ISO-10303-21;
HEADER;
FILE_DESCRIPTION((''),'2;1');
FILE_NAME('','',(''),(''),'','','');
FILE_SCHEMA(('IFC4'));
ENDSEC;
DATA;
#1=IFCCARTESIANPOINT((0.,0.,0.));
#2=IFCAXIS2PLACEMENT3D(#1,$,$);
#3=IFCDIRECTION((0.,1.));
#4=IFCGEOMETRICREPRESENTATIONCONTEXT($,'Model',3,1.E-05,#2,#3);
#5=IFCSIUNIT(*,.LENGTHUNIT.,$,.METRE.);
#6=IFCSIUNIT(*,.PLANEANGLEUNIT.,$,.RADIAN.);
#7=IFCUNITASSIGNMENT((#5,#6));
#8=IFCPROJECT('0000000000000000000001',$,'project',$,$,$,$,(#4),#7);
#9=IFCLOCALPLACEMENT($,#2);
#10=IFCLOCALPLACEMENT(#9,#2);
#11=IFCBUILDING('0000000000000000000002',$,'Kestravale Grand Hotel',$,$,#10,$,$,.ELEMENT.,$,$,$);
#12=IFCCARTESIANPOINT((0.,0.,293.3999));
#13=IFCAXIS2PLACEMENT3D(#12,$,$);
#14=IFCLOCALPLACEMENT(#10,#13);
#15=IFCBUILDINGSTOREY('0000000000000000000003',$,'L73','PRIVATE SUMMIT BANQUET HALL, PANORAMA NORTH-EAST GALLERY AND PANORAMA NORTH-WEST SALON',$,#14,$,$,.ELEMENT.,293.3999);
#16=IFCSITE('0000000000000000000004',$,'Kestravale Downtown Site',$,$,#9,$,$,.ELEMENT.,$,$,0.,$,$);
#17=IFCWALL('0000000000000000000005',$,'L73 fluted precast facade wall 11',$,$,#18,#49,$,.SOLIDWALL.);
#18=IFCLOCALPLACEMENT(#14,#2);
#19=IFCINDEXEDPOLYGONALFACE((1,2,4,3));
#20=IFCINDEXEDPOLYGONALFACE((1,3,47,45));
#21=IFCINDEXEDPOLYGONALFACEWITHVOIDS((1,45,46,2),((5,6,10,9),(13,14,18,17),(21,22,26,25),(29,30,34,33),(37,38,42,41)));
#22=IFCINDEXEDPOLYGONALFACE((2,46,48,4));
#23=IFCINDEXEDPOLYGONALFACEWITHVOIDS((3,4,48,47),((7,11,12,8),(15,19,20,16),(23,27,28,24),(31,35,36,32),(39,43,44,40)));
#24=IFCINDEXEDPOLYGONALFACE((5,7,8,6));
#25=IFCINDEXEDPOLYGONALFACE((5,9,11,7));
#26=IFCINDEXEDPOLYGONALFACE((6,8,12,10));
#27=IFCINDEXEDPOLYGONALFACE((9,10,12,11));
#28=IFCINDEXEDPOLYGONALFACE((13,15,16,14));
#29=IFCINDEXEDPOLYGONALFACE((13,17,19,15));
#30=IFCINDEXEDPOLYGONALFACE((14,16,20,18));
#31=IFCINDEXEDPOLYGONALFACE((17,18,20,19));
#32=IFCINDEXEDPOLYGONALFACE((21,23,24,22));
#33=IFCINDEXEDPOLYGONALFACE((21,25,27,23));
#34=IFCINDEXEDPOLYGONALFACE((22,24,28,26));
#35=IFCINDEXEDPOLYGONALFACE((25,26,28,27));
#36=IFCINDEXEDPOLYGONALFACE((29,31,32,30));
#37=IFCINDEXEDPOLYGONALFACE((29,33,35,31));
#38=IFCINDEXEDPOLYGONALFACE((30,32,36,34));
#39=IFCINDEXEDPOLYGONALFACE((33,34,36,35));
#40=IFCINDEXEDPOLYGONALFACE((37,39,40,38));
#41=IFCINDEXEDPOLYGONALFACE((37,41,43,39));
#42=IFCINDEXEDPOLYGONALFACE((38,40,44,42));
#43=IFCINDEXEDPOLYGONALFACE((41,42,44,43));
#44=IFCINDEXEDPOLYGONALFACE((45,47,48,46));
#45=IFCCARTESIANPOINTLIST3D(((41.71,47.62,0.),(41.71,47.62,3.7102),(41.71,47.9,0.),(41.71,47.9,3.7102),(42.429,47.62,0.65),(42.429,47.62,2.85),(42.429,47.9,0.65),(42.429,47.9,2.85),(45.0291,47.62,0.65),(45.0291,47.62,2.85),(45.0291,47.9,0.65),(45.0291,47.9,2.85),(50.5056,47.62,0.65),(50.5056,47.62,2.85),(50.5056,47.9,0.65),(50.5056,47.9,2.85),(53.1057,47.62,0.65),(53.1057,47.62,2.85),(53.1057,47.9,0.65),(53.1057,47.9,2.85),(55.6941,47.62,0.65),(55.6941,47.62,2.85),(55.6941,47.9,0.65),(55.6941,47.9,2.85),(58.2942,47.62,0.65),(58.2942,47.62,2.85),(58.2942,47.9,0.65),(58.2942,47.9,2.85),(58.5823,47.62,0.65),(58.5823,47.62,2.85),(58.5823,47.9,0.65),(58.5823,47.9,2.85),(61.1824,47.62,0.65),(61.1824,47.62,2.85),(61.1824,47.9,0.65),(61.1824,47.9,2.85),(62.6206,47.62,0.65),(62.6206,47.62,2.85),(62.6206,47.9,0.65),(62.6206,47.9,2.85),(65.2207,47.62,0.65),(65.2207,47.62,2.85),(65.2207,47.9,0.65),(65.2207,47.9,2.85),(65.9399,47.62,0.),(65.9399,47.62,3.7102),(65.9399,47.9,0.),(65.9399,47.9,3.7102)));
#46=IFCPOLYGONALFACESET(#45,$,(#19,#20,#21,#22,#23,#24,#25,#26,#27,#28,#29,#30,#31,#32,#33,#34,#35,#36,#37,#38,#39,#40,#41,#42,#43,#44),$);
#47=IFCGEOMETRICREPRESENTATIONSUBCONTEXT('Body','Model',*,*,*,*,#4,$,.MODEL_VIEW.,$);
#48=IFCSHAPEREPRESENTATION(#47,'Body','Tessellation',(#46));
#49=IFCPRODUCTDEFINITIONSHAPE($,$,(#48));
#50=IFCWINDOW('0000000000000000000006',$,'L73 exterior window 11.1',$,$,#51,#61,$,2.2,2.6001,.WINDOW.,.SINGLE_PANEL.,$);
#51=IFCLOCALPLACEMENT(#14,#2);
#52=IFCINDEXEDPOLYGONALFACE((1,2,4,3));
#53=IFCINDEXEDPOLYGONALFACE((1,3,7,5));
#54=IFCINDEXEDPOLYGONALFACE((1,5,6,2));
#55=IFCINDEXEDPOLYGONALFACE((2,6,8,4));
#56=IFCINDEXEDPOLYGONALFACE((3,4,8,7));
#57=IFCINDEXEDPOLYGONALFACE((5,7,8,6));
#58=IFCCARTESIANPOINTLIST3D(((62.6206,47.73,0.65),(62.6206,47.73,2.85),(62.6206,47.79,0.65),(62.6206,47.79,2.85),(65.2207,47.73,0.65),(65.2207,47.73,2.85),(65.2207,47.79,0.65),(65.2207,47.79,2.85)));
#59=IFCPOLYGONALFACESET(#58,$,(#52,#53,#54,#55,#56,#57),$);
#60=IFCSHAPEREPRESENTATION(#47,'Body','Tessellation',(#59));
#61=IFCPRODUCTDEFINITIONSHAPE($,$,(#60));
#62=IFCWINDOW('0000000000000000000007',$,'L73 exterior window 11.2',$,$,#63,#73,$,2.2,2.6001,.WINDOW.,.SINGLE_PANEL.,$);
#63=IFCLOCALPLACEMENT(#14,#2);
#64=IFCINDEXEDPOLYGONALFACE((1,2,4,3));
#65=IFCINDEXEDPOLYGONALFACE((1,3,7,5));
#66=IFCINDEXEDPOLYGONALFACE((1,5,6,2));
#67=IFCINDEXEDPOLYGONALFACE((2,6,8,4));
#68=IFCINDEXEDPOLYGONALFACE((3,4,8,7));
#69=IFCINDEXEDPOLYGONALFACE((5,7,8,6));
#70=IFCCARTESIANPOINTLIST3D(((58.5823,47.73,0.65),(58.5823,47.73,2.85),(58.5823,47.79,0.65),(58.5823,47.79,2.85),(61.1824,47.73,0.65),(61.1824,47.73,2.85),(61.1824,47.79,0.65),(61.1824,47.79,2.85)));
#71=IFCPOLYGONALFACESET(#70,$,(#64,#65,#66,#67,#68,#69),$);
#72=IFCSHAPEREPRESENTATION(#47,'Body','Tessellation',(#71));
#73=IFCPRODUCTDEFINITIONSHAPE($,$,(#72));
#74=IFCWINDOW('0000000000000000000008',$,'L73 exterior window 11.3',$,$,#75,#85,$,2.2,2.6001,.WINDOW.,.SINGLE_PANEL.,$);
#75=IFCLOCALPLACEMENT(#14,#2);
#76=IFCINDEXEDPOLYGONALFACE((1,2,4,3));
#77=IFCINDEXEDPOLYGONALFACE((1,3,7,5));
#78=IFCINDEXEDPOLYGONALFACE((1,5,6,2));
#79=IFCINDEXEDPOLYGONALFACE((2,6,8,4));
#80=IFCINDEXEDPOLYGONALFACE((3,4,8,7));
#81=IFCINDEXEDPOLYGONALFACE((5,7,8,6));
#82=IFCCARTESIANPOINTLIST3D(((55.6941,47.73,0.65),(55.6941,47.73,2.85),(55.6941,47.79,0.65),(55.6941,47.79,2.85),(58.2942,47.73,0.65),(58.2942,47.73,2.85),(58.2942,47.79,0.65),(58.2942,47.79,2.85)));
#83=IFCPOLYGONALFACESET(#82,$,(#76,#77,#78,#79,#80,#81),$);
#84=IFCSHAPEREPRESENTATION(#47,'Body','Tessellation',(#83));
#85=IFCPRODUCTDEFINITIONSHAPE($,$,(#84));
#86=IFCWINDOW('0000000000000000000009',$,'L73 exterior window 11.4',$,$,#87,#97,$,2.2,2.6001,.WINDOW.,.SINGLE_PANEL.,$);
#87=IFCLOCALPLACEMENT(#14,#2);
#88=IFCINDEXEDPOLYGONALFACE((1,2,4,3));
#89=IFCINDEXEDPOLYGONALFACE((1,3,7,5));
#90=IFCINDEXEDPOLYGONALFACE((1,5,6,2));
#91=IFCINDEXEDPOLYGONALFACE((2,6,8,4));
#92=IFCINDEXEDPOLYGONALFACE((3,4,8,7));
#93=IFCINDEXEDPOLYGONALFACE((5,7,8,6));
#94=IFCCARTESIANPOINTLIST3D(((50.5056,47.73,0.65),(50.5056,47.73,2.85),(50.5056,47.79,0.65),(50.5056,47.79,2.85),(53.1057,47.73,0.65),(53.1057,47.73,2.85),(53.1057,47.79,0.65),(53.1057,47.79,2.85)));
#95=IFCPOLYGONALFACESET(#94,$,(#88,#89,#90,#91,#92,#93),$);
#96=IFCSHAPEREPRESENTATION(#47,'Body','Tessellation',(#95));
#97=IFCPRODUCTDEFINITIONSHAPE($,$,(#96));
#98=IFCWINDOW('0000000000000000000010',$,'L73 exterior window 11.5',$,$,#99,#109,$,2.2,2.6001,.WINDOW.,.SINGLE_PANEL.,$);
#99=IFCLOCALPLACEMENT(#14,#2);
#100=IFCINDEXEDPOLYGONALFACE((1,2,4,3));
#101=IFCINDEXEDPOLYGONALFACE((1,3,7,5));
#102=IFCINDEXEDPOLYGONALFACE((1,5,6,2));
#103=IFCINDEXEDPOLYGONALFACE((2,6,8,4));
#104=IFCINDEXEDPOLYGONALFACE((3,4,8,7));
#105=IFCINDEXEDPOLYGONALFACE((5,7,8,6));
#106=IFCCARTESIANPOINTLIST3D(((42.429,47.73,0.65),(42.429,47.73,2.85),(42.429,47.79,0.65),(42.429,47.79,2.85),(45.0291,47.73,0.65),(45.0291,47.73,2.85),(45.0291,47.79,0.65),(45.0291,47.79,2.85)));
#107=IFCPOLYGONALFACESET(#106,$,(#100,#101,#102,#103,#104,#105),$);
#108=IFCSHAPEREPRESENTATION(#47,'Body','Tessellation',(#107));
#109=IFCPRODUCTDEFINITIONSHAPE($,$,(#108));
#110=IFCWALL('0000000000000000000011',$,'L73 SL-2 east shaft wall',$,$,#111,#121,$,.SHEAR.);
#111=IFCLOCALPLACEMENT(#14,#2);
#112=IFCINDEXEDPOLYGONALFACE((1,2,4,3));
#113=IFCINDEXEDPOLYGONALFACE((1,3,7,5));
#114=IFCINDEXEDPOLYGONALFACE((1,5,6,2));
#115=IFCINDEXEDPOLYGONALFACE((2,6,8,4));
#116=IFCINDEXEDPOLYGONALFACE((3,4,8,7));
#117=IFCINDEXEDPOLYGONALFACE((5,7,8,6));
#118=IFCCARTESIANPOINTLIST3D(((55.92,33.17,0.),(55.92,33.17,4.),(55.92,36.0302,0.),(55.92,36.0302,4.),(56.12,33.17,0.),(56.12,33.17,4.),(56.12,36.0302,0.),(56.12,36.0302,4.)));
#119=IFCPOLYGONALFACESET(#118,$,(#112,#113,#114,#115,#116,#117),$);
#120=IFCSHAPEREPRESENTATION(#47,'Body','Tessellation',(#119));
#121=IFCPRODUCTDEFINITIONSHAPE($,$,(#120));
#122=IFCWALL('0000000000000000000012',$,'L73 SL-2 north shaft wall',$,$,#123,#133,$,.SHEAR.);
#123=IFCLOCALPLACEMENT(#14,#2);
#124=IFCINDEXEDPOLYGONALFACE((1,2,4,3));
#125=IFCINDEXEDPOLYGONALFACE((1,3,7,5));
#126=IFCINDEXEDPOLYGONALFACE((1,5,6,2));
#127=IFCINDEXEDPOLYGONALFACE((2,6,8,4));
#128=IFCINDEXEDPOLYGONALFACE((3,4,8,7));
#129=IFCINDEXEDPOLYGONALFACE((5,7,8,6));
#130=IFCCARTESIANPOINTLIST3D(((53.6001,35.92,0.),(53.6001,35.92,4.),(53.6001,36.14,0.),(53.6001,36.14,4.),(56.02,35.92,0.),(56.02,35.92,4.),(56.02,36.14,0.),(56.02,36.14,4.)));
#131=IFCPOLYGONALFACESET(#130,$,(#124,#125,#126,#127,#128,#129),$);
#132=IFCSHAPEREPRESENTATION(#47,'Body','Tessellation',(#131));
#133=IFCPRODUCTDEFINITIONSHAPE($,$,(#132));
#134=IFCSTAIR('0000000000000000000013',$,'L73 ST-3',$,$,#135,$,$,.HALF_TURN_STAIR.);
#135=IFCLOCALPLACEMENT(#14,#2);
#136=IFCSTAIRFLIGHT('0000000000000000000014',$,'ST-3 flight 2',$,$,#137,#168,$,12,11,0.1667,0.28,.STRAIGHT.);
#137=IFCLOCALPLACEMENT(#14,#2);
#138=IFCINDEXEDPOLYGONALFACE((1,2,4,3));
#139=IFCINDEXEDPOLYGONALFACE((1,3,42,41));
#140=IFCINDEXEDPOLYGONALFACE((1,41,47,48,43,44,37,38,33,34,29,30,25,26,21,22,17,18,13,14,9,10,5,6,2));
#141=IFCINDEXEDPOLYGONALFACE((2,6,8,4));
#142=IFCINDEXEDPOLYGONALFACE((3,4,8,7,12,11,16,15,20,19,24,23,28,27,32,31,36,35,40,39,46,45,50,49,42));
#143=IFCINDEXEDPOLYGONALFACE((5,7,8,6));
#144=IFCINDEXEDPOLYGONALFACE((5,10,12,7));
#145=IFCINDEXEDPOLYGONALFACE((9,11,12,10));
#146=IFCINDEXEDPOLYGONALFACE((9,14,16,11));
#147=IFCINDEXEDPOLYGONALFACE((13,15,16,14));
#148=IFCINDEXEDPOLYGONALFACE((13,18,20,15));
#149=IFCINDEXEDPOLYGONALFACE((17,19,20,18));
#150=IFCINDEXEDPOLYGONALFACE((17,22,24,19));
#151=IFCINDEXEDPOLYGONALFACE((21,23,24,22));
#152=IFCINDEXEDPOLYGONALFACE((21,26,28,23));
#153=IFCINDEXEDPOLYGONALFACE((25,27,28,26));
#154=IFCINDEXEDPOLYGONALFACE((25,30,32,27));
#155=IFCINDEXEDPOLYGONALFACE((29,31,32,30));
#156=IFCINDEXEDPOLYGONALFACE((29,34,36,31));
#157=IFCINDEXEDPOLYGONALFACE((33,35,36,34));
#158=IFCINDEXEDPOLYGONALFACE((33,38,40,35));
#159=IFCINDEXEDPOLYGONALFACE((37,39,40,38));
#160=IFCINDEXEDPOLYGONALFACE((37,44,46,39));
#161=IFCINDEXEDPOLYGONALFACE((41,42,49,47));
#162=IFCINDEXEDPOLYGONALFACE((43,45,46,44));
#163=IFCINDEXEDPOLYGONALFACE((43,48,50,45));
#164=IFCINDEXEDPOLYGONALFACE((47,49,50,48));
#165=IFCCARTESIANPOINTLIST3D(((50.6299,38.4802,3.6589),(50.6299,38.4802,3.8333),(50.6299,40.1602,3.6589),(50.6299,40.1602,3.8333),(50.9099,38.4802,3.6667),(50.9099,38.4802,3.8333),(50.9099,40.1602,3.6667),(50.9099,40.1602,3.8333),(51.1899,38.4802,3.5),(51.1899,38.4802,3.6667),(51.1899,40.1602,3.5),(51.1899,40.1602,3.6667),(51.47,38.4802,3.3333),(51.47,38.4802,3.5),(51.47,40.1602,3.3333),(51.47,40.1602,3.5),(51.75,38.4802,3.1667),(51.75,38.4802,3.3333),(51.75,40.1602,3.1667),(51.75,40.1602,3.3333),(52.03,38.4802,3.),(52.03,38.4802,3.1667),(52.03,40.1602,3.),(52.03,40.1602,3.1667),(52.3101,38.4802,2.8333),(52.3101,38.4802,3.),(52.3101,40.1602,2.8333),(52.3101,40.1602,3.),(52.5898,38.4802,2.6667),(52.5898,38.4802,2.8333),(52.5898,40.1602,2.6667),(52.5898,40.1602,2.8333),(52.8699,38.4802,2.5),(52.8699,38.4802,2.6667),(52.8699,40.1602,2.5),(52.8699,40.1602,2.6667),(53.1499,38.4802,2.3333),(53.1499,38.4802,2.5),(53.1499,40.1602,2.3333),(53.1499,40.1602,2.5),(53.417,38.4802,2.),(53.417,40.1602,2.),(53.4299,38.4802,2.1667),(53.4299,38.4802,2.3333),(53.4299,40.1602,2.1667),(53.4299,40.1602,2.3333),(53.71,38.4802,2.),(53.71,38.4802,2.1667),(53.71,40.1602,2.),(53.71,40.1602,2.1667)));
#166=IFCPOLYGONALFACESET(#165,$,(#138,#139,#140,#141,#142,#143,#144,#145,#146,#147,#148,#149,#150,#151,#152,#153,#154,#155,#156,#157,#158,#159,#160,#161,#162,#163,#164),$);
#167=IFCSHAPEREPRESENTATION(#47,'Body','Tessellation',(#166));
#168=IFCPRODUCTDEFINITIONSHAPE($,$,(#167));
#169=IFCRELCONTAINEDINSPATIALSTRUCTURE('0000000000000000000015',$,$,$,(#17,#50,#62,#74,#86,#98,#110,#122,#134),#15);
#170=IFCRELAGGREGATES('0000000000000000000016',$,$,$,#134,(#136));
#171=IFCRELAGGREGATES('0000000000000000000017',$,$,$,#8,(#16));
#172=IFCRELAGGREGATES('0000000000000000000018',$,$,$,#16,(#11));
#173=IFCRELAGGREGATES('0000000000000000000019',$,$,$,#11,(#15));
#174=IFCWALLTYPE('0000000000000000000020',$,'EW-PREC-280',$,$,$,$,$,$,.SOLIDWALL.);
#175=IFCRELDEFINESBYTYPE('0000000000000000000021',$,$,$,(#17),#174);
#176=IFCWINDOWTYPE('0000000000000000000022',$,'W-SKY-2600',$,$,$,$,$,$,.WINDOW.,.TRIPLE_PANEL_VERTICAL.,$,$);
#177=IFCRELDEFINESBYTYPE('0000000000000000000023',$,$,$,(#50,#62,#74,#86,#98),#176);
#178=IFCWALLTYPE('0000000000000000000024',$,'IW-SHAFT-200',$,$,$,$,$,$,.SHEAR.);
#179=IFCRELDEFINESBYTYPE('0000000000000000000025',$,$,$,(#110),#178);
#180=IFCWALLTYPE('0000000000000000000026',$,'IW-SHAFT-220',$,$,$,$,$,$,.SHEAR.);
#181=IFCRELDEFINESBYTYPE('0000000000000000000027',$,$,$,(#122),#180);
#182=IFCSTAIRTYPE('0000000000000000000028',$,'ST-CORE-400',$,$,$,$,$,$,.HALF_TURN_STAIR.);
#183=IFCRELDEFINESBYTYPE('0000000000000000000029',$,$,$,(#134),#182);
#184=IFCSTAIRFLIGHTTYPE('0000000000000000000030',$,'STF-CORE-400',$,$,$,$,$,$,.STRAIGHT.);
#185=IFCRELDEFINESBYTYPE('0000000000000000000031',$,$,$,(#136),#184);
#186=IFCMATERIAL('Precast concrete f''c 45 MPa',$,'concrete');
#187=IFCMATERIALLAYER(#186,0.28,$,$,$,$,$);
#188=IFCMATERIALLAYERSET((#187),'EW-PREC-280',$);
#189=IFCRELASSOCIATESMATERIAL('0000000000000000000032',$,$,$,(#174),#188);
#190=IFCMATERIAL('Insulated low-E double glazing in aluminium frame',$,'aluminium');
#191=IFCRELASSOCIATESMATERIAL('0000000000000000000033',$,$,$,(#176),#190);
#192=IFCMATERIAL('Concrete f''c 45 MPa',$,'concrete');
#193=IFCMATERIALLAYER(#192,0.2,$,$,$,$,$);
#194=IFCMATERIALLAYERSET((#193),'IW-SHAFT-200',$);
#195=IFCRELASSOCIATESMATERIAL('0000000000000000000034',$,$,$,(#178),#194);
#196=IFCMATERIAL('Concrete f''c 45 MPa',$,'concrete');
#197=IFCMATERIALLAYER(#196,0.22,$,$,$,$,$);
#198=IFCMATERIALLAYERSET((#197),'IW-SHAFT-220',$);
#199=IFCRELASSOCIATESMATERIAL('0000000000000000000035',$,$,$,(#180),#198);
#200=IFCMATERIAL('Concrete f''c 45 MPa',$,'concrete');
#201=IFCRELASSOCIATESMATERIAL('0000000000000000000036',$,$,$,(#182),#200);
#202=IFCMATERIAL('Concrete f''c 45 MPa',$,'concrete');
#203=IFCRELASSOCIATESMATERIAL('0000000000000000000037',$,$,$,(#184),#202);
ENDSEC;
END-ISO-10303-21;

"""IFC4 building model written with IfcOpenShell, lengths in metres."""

from ifc_helpers import new_model, si_unit, direction, frame, frame_2d, origin, place, context, subcontext, project, spatial, polyline, rectangle, outline, extrude, material, layer, layer_set, type_object, element, fill, aggregate, save


model = new_model("IFC4")

# Units and contexts
model_context = context("Model", 3, precision=1e-05, world=origin(), true_north=direction((0.0, 1.0)))
body_context = subcontext(model_context, "Body", "Model", "MODEL_VIEW")
ifc_project = project(units=[si_unit("LENGTHUNIT", "METRE"), si_unit("PLANEANGLEUNIT", "RADIAN")], contexts=[model_context])

# Site, building, storey
site_placement = place(None, origin())
site = spatial("IfcSite", under=ifc_project, at=site_placement, Name="Kestravale Downtown Site", CompositionType="ELEMENT", RefElevation=0.0)
building_placement = place(site_placement, origin())
building = spatial("IfcBuilding", under=site, at=building_placement, Name="Kestravale Grand Hotel", CompositionType="ELEMENT")
storey_placement = place(building_placement, frame((0.0, 0.0, 293.3999)))
storey = spatial("IfcBuildingStorey", under=building, at=storey_placement, Name="L73", Description="PRIVATE SUMMIT BANQUET HALL, PANORAMA NORTH-EAST GALLERY AND PANORAMA NORTH-WEST SALON", CompositionType="ELEMENT", Elevation=293.3999)

# Shared definitions
ifc_material_1 = material(Name="Precast concrete f'c 45 MPa", Category="concrete")
ifc_layer_1 = layer(ifc_material_1, 0.28)
ifc_layer_set_1 = layer_set([ifc_layer_1], Name="EW-PREC-280")
wall_type_1 = type_object("IfcWallType", Name="EW-PREC-280", PredefinedType="SOLIDWALL", material=ifc_layer_set_1)
ifc_material_2 = material(Name="Insulated low-E double glazing in aluminium frame", Category="aluminium")
window_type = type_object("IfcWindowType", Name="W-SKY-2600", PartitioningType="TRIPLE_PANEL_VERTICAL", PredefinedType="WINDOW", material=ifc_material_2)

# Wall, openings, windows
wall_1_placement = place(storey_placement, frame((65.9399, 47.76, 0.0), z_axis=(0.0, 0.0, 1.0), x_axis=(-1.0, 0.0, 0.0)))
wall_1 = element("IfcWall", 1, at=wall_1_placement, inside=storey, type_object=wall_type_1, Name="L73 fluted precast facade wall 11", PredefinedType="SOLIDWALL", context=body_context, shape_type="SweptSolid", body=[
    extrude(rectangle(XDim=24.23, YDim=0.28, at=frame_2d((12.115, 0.0))), origin(), (0.0, 0.0, 1.0), 3.7102),
])
opening_1_placement = place(wall_1_placement, frame((0.7192, 0.0, 0.6499)))
opening_1 = element("IfcOpeningElement", 2, at=opening_1_placement, cuts=wall_1, PredefinedType="OPENING", context=body_context, shape_type="SweptSolid", body=[
    extrude(rectangle(XDim=2.6001, YDim=2.2, at=frame_2d((1.3, 1.1001))), frame((0.0, 0.1499, 0.0), z_axis=(0.0, -1.0, 0.0), x_axis=(1.0, 0.0, 0.0)), (0.0, 0.0, 1.0), 0.3),
])
opening_2_placement = place(wall_1_placement, frame((4.7576, 0.0, 0.6499)))
opening_2 = element("IfcOpeningElement", 3, at=opening_2_placement, cuts=wall_1, PredefinedType="OPENING", context=body_context, shape_type="SweptSolid", body=[
    extrude(rectangle(XDim=2.6001, YDim=2.2, at=frame_2d((1.3, 1.1001))), frame((0.0, 0.1499, 0.0), z_axis=(0.0, -1.0, 0.0), x_axis=(1.0, 0.0, 0.0)), (0.0, 0.0, 1.0), 0.3),
])
opening_3_placement = place(wall_1_placement, frame((7.6458, 0.0, 0.6499)))
opening_3 = element("IfcOpeningElement", 4, at=opening_3_placement, cuts=wall_1, PredefinedType="OPENING", context=body_context, shape_type="SweptSolid", body=[
    extrude(rectangle(XDim=2.6001, YDim=2.2, at=frame_2d((1.3, 1.1001))), frame((0.0, 0.1499, 0.0), z_axis=(0.0, -1.0, 0.0), x_axis=(1.0, 0.0, 0.0)), (0.0, 0.0, 1.0), 0.3),
])
opening_4_placement = place(wall_1_placement, frame((12.8342, 0.0, 0.6499)))
opening_4 = element("IfcOpeningElement", 5, at=opening_4_placement, cuts=wall_1, PredefinedType="OPENING", context=body_context, shape_type="SweptSolid", body=[
    extrude(rectangle(XDim=2.6001, YDim=2.2, at=frame_2d((1.3, 1.1001))), frame((0.0, 0.1499, 0.0), z_axis=(0.0, -1.0, 0.0), x_axis=(1.0, 0.0, 0.0)), (0.0, 0.0, 1.0), 0.3),
])
opening_5_placement = place(wall_1_placement, frame((20.9109, 0.0, 0.6499)))
opening_5 = element("IfcOpeningElement", 6, at=opening_5_placement, cuts=wall_1, PredefinedType="OPENING", context=body_context, shape_type="SweptSolid", body=[
    extrude(rectangle(XDim=2.6001, YDim=2.2, at=frame_2d((1.3, 1.1001))), frame((0.0, 0.1499, 0.0), z_axis=(0.0, -1.0, 0.0), x_axis=(1.0, 0.0, 0.0)), (0.0, 0.0, 1.0), 0.3),
])
window_1_placement = place(opening_1_placement, origin())
window_1 = element("IfcWindow", 7, at=window_1_placement, inside=storey, type_object=window_type, Name="L73 exterior window 11.1", OverallHeight=2.2, OverallWidth=2.6001, PartitioningType="SINGLE_PANEL", PredefinedType="WINDOW", context=body_context, shape_type="SweptSolid", body=[
    extrude(rectangle(XDim=2.6001, YDim=2.2, at=frame_2d((1.3, 1.1001))), frame((0.0, 0.03, 0.0), z_axis=(0.0, -1.0, 0.0), x_axis=(1.0, 0.0, 0.0)), (0.0, 0.0, 1.0), 0.0601),
])
fill(opening_1, window_1)
window_2_placement = place(opening_2_placement, origin())
window_2 = element("IfcWindow", 8, at=window_2_placement, inside=storey, type_object=window_type, Name="L73 exterior window 11.2", OverallHeight=2.2, OverallWidth=2.6001, PartitioningType="SINGLE_PANEL", PredefinedType="WINDOW", context=body_context, shape_type="SweptSolid", body=[
    extrude(rectangle(XDim=2.6001, YDim=2.2, at=frame_2d((1.3, 1.1001))), frame((0.0, 0.03, 0.0), z_axis=(0.0, -1.0, 0.0), x_axis=(1.0, 0.0, 0.0)), (0.0, 0.0, 1.0), 0.0601),
])
fill(opening_2, window_2)
window_3_placement = place(opening_3_placement, origin())
window_3 = element("IfcWindow", 9, at=window_3_placement, inside=storey, type_object=window_type, Name="L73 exterior window 11.3", OverallHeight=2.2, OverallWidth=2.6001, PartitioningType="SINGLE_PANEL", PredefinedType="WINDOW", context=body_context, shape_type="SweptSolid", body=[
    extrude(rectangle(XDim=2.6001, YDim=2.2, at=frame_2d((1.3, 1.1001))), frame((0.0, 0.03, 0.0), z_axis=(0.0, -1.0, 0.0), x_axis=(1.0, 0.0, 0.0)), (0.0, 0.0, 1.0), 0.0601),
])
fill(opening_3, window_3)
window_4_placement = place(opening_4_placement, origin())
window_4 = element("IfcWindow", 10, at=window_4_placement, inside=storey, type_object=window_type, Name="L73 exterior window 11.4", OverallHeight=2.2, OverallWidth=2.6001, PartitioningType="SINGLE_PANEL", PredefinedType="WINDOW", context=body_context, shape_type="SweptSolid", body=[
    extrude(rectangle(XDim=2.6001, YDim=2.2, at=frame_2d((1.3, 1.1001))), frame((0.0, 0.03, 0.0), z_axis=(0.0, -1.0, 0.0), x_axis=(1.0, 0.0, 0.0)), (0.0, 0.0, 1.0), 0.0601),
])
fill(opening_4, window_4)
window_5_placement = place(opening_5_placement, origin())
window_5 = element("IfcWindow", 11, at=window_5_placement, inside=storey, type_object=window_type, Name="L73 exterior window 11.5", OverallHeight=2.2, OverallWidth=2.6001, PartitioningType="SINGLE_PANEL", PredefinedType="WINDOW", context=body_context, shape_type="SweptSolid", body=[
    extrude(rectangle(XDim=2.6001, YDim=2.2, at=frame_2d((1.3, 1.1001))), frame((0.0, 0.03, 0.0), z_axis=(0.0, -1.0, 0.0), x_axis=(1.0, 0.0, 0.0)), (0.0, 0.0, 1.0), 0.0601),
])
fill(opening_5, window_5)

# Walls
ifc_material_3 = material(Name="Concrete f'c 45 MPa", Category="concrete")
ifc_layer_2 = layer(ifc_material_3, 0.2)
ifc_layer_set_2 = layer_set([ifc_layer_2], Name="IW-SHAFT-200")
wall_type_2 = type_object("IfcWallType", Name="IW-SHAFT-200", PredefinedType="SHEAR", material=ifc_layer_set_2)
wall_2_placement = place(storey_placement, frame((56.02, 33.1699, 0.0), z_axis=(0.0, 0.0, 1.0), x_axis=(0.0, 1.0, 0.0)))
element("IfcWall", 12, at=wall_2_placement, inside=storey, type_object=wall_type_2, Name="L73 SL-2 east shaft wall", PredefinedType="SHEAR", context=body_context, shape_type="SweptSolid", body=[
    extrude(rectangle(XDim=2.8601, YDim=0.2, at=frame_2d((1.4302, 0.0))), origin(), (0.0, 0.0, 1.0), 4.0),
])
ifc_material_4 = material(Name="Concrete f'c 45 MPa", Category="concrete")
ifc_layer_3 = layer(ifc_material_4, 0.22)
ifc_layer_set_3 = layer_set([ifc_layer_3], Name="IW-SHAFT-220")
wall_type_3 = type_object("IfcWallType", Name="IW-SHAFT-220", PredefinedType="SHEAR", material=ifc_layer_set_3)
wall_3_placement = place(storey_placement, frame((53.6001, 36.03, 0.0), z_axis=(0.0, 0.0, 1.0), x_axis=(1.0, 0.0, 0.0)))
element("IfcWall", 13, at=wall_3_placement, inside=storey, type_object=wall_type_3, Name="L73 SL-2 north shaft wall", PredefinedType="SHEAR", context=body_context, shape_type="SweptSolid", body=[
    extrude(rectangle(XDim=2.4199, YDim=0.22, at=frame_2d((1.21, 0.0))), origin(), (0.0, 0.0, 1.0), 4.0),
])

# Stair, stair flight
ifc_material_5 = material(Name="Concrete f'c 45 MPa", Category="concrete")
stair_type = type_object("IfcStairType", Name="ST-CORE-400", PredefinedType="HALF_TURN_STAIR", material=ifc_material_5)
stair_placement = place(storey_placement, origin())
stair = element("IfcStair", 14, at=stair_placement, inside=storey, type_object=stair_type, Name="L73 ST-3", PredefinedType="HALF_TURN_STAIR")
ifc_material_6 = material(Name="Concrete f'c 45 MPa", Category="concrete")
stair_flight_type = type_object("IfcStairFlightType", Name="STF-CORE-400", PredefinedType="STRAIGHT", material=ifc_material_6)
stair_flight_placement = place(storey_placement, frame((53.71, 39.3201, 2.0), z_axis=(0.0, 0.0, 1.0), x_axis=(-1.0, 0.0, 0.0)))
stair_flight = element("IfcStairFlight", 15, at=stair_flight_placement, type_object=stair_flight_type, Name="ST-3 flight 2", NumberOfRisers=12, NumberOfTreads=11, PredefinedType="STRAIGHT", RiserHeight=0.1667, TreadLength=0.28, context=body_context, shape_type="SweptSolid", body=[
    extrude(outline(polyline([(0.0, 0.0), (0.0, 0.1667), (0.28, 0.1667), (0.28, 0.3333), (0.5601, 0.3333), (0.5601, 0.5), (0.8401, 0.5), (0.8401, 0.6667), (1.1201, 0.6667), (1.1201, 0.8333), (1.3999, 0.8333), (1.3999, 1.0), (1.6799, 1.0), (1.6799, 1.1667), (1.96, 1.1667), (1.96, 1.3333), (2.24, 1.3333), (2.24, 1.5), (2.52, 1.5), (2.52, 1.6667), (2.8, 1.6667), (2.8, 1.8333), (3.0801, 1.8333), (3.0801, 2.0), (3.0801, 1.6589), (0.293, 0.0), (0.0, 0.0)])), frame((0.0, 0.8398, 0.0), z_axis=(0.0, -1.0, 0.0), x_axis=(1.0, 0.0, 0.0)), (0.0, 0.0, 1.0), 1.6799),
])
aggregate(stair, [stair_flight])

save(model, "model.ifc")
